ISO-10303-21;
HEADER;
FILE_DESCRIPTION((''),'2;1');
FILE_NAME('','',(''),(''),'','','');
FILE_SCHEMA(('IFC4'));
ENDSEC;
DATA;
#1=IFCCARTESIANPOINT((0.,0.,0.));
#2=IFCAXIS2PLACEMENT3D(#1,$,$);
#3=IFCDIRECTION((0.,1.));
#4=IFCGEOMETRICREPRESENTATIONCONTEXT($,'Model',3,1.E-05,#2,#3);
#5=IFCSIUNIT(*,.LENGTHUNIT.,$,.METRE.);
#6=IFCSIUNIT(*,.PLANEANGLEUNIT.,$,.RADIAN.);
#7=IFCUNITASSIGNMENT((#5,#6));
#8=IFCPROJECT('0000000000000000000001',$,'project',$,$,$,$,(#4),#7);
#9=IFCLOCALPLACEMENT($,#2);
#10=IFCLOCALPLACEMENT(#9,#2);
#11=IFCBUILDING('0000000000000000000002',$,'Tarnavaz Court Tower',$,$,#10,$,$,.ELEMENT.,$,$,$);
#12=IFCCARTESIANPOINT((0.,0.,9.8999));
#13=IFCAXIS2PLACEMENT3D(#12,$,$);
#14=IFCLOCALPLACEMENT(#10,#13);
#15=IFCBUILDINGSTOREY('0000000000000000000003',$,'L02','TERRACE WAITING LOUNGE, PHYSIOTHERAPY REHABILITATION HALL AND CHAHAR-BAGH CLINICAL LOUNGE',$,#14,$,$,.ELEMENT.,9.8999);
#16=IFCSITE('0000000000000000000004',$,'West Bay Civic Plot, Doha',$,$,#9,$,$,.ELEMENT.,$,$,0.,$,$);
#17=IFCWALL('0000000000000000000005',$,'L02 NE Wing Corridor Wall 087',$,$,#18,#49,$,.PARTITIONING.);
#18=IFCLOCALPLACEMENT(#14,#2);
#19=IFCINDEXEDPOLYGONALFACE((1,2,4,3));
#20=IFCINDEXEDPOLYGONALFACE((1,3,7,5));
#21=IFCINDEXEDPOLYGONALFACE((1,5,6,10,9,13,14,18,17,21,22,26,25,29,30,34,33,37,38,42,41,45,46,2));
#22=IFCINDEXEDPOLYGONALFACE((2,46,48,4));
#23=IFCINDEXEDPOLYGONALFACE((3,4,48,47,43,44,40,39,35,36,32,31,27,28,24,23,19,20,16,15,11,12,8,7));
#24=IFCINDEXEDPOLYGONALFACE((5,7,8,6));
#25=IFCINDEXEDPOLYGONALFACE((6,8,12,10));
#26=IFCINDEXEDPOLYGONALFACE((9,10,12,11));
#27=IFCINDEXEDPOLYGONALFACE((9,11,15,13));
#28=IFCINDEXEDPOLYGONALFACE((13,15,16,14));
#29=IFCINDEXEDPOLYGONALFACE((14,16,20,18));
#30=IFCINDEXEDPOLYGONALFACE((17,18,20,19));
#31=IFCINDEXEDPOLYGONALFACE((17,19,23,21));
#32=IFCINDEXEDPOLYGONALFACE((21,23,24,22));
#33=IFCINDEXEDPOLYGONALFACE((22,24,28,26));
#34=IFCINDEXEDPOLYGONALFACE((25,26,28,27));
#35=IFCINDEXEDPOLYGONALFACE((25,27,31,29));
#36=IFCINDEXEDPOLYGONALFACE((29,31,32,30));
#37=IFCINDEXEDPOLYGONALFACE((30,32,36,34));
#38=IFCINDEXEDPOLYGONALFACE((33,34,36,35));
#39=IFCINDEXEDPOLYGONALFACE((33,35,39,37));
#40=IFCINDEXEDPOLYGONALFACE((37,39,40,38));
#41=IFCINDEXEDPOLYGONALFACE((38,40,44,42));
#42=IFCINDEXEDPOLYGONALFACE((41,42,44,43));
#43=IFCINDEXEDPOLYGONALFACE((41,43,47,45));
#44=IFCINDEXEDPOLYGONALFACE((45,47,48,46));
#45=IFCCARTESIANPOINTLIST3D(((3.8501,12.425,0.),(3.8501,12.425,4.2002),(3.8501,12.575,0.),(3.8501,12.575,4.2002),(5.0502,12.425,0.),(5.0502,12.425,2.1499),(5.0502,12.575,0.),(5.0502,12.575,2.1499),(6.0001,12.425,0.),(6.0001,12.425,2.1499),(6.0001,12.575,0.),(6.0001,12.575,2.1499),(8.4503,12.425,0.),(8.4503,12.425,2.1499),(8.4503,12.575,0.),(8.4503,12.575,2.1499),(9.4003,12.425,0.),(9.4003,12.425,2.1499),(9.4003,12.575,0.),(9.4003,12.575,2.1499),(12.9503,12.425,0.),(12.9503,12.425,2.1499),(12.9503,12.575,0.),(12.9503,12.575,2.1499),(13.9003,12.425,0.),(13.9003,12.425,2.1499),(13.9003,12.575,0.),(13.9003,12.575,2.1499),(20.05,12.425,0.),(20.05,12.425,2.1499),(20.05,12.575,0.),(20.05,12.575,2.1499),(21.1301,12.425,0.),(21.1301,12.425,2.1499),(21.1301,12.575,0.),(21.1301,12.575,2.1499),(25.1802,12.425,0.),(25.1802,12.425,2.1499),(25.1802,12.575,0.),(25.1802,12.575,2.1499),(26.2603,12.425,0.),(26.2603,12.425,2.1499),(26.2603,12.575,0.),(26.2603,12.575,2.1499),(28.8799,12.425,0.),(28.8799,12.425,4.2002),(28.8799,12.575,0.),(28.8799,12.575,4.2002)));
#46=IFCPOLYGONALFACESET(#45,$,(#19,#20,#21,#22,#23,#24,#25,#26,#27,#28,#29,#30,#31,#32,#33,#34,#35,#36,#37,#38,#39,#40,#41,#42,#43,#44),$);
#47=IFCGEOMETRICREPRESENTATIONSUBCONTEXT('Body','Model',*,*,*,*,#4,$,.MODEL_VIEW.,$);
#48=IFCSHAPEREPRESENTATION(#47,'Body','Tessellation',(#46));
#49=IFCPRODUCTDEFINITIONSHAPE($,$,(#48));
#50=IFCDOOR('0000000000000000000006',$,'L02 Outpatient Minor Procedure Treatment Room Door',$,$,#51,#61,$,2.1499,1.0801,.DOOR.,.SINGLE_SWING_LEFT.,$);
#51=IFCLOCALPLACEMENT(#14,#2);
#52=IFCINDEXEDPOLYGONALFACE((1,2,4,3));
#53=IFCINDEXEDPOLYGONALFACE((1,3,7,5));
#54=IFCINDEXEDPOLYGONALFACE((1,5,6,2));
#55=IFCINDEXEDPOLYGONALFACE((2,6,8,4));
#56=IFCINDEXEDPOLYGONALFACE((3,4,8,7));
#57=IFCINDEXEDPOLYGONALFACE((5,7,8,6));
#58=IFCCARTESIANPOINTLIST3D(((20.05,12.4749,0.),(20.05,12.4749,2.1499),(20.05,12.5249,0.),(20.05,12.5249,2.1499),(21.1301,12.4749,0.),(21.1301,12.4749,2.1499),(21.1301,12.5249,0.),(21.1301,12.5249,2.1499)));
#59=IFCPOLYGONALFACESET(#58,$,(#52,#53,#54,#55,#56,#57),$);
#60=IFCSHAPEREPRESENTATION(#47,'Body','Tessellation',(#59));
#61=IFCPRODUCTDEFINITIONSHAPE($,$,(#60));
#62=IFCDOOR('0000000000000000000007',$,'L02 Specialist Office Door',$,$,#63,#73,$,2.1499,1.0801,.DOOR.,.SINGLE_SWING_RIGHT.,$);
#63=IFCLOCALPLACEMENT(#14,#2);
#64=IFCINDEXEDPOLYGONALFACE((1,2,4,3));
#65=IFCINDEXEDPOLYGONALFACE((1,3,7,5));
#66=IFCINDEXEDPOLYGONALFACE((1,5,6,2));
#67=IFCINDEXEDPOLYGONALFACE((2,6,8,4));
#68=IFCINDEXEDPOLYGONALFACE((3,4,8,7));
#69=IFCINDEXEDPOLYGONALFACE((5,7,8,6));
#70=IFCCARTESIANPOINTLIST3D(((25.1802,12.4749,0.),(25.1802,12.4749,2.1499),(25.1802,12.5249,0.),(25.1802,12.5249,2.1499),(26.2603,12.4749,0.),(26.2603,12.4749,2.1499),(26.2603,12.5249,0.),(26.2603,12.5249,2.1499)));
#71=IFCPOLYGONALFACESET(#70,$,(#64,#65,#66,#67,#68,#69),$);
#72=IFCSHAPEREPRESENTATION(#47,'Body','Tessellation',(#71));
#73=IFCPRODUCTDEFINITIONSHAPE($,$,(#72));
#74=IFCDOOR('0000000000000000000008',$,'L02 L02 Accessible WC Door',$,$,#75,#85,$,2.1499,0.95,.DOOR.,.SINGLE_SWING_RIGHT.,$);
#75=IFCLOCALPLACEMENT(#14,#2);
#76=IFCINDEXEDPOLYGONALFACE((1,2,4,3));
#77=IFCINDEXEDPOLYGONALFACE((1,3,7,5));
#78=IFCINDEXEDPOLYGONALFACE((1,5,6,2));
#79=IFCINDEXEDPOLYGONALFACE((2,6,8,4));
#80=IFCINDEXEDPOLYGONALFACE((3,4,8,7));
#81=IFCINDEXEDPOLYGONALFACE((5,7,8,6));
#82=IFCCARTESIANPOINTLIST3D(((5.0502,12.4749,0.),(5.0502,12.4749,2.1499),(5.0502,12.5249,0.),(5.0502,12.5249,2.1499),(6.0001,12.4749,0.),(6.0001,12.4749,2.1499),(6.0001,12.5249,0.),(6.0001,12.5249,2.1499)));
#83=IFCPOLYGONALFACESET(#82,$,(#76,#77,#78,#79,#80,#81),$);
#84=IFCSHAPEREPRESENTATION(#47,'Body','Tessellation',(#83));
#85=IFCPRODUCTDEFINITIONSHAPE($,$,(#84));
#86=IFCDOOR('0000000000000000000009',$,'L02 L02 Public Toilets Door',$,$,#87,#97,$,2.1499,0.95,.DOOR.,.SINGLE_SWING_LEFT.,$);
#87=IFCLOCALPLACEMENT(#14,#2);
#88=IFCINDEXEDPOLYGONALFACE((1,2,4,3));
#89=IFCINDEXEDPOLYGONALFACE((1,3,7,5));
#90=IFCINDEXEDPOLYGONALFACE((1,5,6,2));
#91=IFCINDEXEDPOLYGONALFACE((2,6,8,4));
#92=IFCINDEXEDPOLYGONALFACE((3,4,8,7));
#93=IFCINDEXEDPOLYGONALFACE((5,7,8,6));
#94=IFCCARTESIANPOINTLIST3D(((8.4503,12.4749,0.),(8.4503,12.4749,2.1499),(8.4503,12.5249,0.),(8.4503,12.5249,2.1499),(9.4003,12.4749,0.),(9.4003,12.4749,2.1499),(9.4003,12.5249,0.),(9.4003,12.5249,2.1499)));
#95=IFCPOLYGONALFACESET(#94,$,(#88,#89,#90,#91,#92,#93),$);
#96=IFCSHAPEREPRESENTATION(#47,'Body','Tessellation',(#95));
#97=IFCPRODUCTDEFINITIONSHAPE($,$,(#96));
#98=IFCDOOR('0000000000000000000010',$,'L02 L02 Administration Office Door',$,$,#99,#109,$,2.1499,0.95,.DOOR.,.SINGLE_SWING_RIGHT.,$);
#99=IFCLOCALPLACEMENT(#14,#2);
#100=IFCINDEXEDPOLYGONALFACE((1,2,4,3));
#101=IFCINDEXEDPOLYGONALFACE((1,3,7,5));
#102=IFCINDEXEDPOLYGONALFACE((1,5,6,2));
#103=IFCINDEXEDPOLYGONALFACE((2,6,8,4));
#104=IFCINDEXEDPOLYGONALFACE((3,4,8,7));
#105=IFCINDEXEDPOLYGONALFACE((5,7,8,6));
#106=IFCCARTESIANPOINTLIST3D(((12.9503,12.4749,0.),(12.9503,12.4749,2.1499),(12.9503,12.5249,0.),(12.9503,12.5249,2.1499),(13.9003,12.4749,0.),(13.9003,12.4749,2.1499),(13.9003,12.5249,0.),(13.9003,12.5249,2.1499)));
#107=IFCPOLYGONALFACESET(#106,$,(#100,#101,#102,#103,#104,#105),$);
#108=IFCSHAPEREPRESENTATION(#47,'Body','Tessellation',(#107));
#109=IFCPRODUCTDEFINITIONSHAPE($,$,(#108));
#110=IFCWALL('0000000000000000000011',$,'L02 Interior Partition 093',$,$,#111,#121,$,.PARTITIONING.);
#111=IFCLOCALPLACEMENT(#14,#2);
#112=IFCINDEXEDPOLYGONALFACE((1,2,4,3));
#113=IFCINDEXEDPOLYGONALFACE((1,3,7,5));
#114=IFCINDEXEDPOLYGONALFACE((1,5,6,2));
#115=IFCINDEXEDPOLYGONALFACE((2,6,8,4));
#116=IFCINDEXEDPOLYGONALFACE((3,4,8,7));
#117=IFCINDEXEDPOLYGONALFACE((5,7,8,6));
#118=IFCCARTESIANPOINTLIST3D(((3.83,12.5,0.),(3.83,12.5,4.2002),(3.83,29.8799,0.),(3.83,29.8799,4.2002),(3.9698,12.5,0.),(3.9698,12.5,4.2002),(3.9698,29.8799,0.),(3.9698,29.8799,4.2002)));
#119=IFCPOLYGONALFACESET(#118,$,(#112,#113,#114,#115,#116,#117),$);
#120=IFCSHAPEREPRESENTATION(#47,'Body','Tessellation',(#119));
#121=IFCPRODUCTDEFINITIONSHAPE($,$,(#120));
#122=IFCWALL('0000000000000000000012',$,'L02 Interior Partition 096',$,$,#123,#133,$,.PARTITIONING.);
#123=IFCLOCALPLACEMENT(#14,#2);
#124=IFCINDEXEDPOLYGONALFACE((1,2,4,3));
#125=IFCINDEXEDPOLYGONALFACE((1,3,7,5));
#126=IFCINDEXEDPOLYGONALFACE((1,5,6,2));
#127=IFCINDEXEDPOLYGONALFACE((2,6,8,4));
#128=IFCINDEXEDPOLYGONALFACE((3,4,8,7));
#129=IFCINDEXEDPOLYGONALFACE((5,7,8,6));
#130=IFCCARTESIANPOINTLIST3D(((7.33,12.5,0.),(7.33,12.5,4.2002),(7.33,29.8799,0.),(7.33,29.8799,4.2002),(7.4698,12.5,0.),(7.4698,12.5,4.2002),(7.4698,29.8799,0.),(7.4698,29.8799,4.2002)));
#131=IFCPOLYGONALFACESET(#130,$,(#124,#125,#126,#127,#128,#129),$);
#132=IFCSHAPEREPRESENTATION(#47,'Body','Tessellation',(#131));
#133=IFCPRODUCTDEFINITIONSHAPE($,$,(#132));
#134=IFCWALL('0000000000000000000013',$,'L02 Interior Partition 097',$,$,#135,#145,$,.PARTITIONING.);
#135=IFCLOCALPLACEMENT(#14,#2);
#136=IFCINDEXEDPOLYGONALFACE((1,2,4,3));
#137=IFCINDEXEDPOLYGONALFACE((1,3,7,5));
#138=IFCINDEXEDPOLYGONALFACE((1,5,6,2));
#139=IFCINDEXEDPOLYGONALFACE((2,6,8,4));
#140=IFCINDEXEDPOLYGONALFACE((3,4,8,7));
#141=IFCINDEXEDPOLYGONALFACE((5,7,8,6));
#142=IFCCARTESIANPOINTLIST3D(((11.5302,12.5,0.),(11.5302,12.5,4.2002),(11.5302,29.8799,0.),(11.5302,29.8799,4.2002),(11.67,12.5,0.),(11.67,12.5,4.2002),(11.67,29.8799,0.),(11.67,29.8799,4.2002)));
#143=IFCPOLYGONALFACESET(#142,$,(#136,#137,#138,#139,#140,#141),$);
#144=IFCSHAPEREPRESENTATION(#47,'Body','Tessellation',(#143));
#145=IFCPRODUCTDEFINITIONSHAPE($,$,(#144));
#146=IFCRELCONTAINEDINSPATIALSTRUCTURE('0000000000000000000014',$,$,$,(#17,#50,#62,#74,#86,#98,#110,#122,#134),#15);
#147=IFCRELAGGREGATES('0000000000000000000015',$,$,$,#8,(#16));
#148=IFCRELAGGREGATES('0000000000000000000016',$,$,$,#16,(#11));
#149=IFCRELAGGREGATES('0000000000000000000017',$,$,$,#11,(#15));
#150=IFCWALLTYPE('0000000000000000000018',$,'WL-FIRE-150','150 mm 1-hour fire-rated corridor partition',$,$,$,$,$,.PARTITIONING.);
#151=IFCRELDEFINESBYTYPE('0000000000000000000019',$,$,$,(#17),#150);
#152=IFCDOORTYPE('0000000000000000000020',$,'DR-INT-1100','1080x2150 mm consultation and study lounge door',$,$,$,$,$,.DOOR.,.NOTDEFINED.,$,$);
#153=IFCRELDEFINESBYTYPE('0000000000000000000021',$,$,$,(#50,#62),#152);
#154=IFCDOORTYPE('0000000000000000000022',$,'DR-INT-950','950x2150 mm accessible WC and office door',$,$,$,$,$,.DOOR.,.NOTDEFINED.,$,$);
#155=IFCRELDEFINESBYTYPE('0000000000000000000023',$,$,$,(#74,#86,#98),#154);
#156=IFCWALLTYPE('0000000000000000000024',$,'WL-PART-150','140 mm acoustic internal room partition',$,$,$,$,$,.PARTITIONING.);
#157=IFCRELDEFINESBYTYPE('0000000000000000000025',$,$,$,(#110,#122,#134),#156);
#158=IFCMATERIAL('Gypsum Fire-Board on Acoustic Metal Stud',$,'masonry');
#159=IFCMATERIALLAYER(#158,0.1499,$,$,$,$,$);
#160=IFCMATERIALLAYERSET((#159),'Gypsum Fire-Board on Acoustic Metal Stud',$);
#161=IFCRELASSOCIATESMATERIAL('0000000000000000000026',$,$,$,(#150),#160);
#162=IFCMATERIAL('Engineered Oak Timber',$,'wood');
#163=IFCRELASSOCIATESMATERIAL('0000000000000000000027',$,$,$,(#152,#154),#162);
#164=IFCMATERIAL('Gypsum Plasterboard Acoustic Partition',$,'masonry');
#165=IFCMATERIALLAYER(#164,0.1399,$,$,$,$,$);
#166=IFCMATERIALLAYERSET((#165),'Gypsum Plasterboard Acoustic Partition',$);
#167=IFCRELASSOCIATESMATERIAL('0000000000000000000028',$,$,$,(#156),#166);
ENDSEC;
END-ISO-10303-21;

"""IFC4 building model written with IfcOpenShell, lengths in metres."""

from ifc_helpers import new_model, si_unit, direction, frame, frame_2d, origin, place, context, subcontext, project, spatial, rectangle, extrude, material, layer, layer_set, type_object, element, fill, save


model = new_model("IFC4")

# Units and contexts
model_context = context("Model", 3, precision=1e-05, world=origin(), true_north=direction((0.0, 1.0)))
body_context = subcontext(model_context, "Body", "Model", "MODEL_VIEW")
ifc_project = project(units=[si_unit("LENGTHUNIT", "METRE"), si_unit("PLANEANGLEUNIT", "RADIAN")], contexts=[model_context])

# Site, building, storey
site_placement = place(None, origin())
site = spatial("IfcSite", under=ifc_project, at=site_placement, Name="West Bay Civic Plot, Doha", CompositionType="ELEMENT", RefElevation=0.0)
building_placement = place(site_placement, origin())
building = spatial("IfcBuilding", under=site, at=building_placement, Name="Tarnavaz Court Tower", CompositionType="ELEMENT")
storey_placement = place(building_placement, frame((0.0, 0.0, 9.8999)))
storey = spatial("IfcBuildingStorey", under=building, at=storey_placement, Name="L02", Description="TERRACE WAITING LOUNGE, PHYSIOTHERAPY REHABILITATION HALL AND CHAHAR-BAGH CLINICAL LOUNGE", CompositionType="ELEMENT", Elevation=9.8999)

# Wall, openings, doors
ifc_material_1 = material(Name="Gypsum Fire-Board on Acoustic Metal Stud", Category="masonry")
ifc_layer_1 = layer(ifc_material_1, 0.1499)
ifc_layer_set_1 = layer_set([ifc_layer_1], Name="Gypsum Fire-Board on Acoustic Metal Stud")
wall_type_1 = type_object("IfcWallType", Name="WL-FIRE-150", Description="150 mm 1-hour fire-rated corridor partition", PredefinedType="PARTITIONING", material=ifc_layer_set_1)
wall_placement = place(storey_placement, frame((3.8501, 12.5, 0.0), z_axis=(0.0, 0.0, 1.0), x_axis=(1.0, 0.0, 0.0)))
wall = element("IfcWall", 1, at=wall_placement, inside=storey, type_object=wall_type_1, Name="L02 NE Wing Corridor Wall 087", PredefinedType="PARTITIONING", context=body_context, shape_type="SweptSolid", body=[
    extrude(rectangle(XDim=25.0298, YDim=0.1499, at=frame_2d((12.5149, 0.0))), origin(), (0.0, 0.0, 1.0), 4.2002),
])
opening_1_placement = place(wall_placement, frame((1.2, 0.0, 0.0)))
opening_1 = element("IfcOpeningElement", 2, at=opening_1_placement, cuts=wall, PredefinedType="OPENING", context=body_context, shape_type="SweptSolid", body=[
    extrude(rectangle(XDim=0.95, YDim=2.1499, at=frame_2d((0.4751, 1.075))), frame((0.0, 0.085, 0.0), z_axis=(0.0, -1.0, 0.0), x_axis=(1.0, 0.0, 0.0)), (0.0, 0.0, 1.0), 0.1699),
])
opening_2_placement = place(wall_placement, frame((4.6001, 0.0, 0.0)))
opening_2 = element("IfcOpeningElement", 3, at=opening_2_placement, cuts=wall, PredefinedType="OPENING", context=body_context, shape_type="SweptSolid", body=[
    extrude(rectangle(XDim=0.95, YDim=2.1499, at=frame_2d((0.4751, 1.075))), frame((0.0, 0.085, 0.0), z_axis=(0.0, -1.0, 0.0), x_axis=(1.0, 0.0, 0.0)), (0.0, 0.0, 1.0), 0.1699),
])
opening_3_placement = place(wall_placement, frame((9.1001, 0.0, 0.0)))
opening_3 = element("IfcOpeningElement", 4, at=opening_3_placement, cuts=wall, PredefinedType="OPENING", context=body_context, shape_type="SweptSolid", body=[
    extrude(rectangle(XDim=0.95, YDim=2.1499, at=frame_2d((0.4751, 1.075))), frame((0.0, 0.085, 0.0), z_axis=(0.0, -1.0, 0.0), x_axis=(1.0, 0.0, 0.0)), (0.0, 0.0, 1.0), 0.1699),
])
opening_4_placement = place(wall_placement, frame((16.2, 0.0, 0.0)))
opening_4 = element("IfcOpeningElement", 5, at=opening_4_placement, cuts=wall, PredefinedType="OPENING", context=body_context, shape_type="SweptSolid", body=[
    extrude(rectangle(XDim=1.0801, YDim=2.1499, at=frame_2d((0.54, 1.075))), frame((0.0, 0.085, 0.0), z_axis=(0.0, -1.0, 0.0), x_axis=(1.0, 0.0, 0.0)), (0.0, 0.0, 1.0), 0.1699),
])
opening_5_placement = place(wall_placement, frame((21.3301, 0.0, 0.0)))
opening_5 = element("IfcOpeningElement", 6, at=opening_5_placement, cuts=wall, PredefinedType="OPENING", context=body_context, shape_type="SweptSolid", body=[
    extrude(rectangle(XDim=1.0801, YDim=2.1499, at=frame_2d((0.54, 1.075))), frame((0.0, 0.085, 0.0), z_axis=(0.0, -1.0, 0.0), x_axis=(1.0, 0.0, 0.0)), (0.0, 0.0, 1.0), 0.1699),
])
ifc_material_2 = material(Name="Engineered Oak Timber", Category="wood")
door_type_1 = type_object("IfcDoorType", Name="DR-INT-1100", Description="1080x2150 mm consultation and study lounge door", OperationType="NOTDEFINED", PredefinedType="DOOR", material=ifc_material_2)
door_1_placement = place(opening_4_placement, origin())
door_1 = element("IfcDoor", 7, at=door_1_placement, inside=storey, type_object=door_type_1, Name="L02 Outpatient Minor Procedure Treatment Room Door", OperationType="SINGLE_SWING_LEFT", OverallHeight=2.1499, OverallWidth=1.0801, PredefinedType="DOOR", context=body_context, shape_type="SweptSolid", body=[
    extrude(rectangle(XDim=1.0801, YDim=2.1499, at=frame_2d((0.54, 1.075))), frame((0.0, 0.0249, 0.0), z_axis=(0.0, -1.0, 0.0), x_axis=(1.0, 0.0, 0.0)), (0.0, 0.0, 1.0), 0.05),
])
fill(opening_4, door_1)
door_2_placement = place(opening_5_placement, origin())
door_2 = element("IfcDoor", 8, at=door_2_placement, inside=storey, type_object=door_type_1, Name="L02 Specialist Office Door", OperationType="SINGLE_SWING_RIGHT", OverallHeight=2.1499, OverallWidth=1.0801, PredefinedType="DOOR", context=body_context, shape_type="SweptSolid", body=[
    extrude(rectangle(XDim=1.0801, YDim=2.1499, at=frame_2d((0.54, 1.075))), frame((0.0, 0.0249, 0.0), z_axis=(0.0, -1.0, 0.0), x_axis=(1.0, 0.0, 0.0)), (0.0, 0.0, 1.0), 0.05),
])
fill(opening_5, door_2)
door_type_2 = type_object("IfcDoorType", Name="DR-INT-950", Description="950x2150 mm accessible WC and office door", OperationType="NOTDEFINED", PredefinedType="DOOR", material=ifc_material_2)
door_3_placement = place(opening_1_placement, origin())
door_3 = element("IfcDoor", 9, at=door_3_placement, inside=storey, type_object=door_type_2, Name="L02 L02 Accessible WC Door", OperationType="SINGLE_SWING_RIGHT", OverallHeight=2.1499, OverallWidth=0.95, PredefinedType="DOOR", context=body_context, shape_type="SweptSolid", body=[
    extrude(rectangle(XDim=0.95, YDim=2.1499, at=frame_2d((0.4751, 1.075))), frame((0.0, 0.0249, 0.0), z_axis=(0.0, -1.0, 0.0), x_axis=(1.0, 0.0, 0.0)), (0.0, 0.0, 1.0), 0.05),
])
fill(opening_1, door_3)
door_4_placement = place(opening_2_placement, origin())
door_4 = element("IfcDoor", 10, at=door_4_placement, inside=storey, type_object=door_type_2, Name="L02 L02 Public Toilets Door", OperationType="SINGLE_SWING_LEFT", OverallHeight=2.1499, OverallWidth=0.95, PredefinedType="DOOR", context=body_context, shape_type="SweptSolid", body=[
    extrude(rectangle(XDim=0.95, YDim=2.1499, at=frame_2d((0.4751, 1.075))), frame((0.0, 0.0249, 0.0), z_axis=(0.0, -1.0, 0.0), x_axis=(1.0, 0.0, 0.0)), (0.0, 0.0, 1.0), 0.05),
])
fill(opening_2, door_4)
door_5_placement = place(opening_3_placement, origin())
door_5 = element("IfcDoor", 11, at=door_5_placement, inside=storey, type_object=door_type_2, Name="L02 L02 Administration Office Door", OperationType="SINGLE_SWING_RIGHT", OverallHeight=2.1499, OverallWidth=0.95, PredefinedType="DOOR", context=body_context, shape_type="SweptSolid", body=[
    extrude(rectangle(XDim=0.95, YDim=2.1499, at=frame_2d((0.4751, 1.075))), frame((0.0, 0.0249, 0.0), z_axis=(0.0, -1.0, 0.0), x_axis=(1.0, 0.0, 0.0)), (0.0, 0.0, 1.0), 0.05),
])
fill(opening_3, door_5)

# Walls
ifc_material_3 = material(Name="Gypsum Plasterboard Acoustic Partition", Category="masonry")
ifc_layer_2 = layer(ifc_material_3, 0.1399)
ifc_layer_set_2 = layer_set([ifc_layer_2], Name="Gypsum Plasterboard Acoustic Partition")
wall_type_2 = type_object("IfcWallType", Name="WL-PART-150", Description="140 mm acoustic internal room partition", PredefinedType="PARTITIONING", material=ifc_layer_set_2)
for number, where, z_axis, x_axis, name in (
    (12, (3.8999, 12.5, 0.0), (0.0, 0.0, 1.0), (0.0, 1.0, 0.0), "L02 Interior Partition 093"),
    (13, (7.3999, 12.5, 0.0), (0.0, 0.0, 1.0), (0.0, 1.0, 0.0), "L02 Interior Partition 096"),
    (14, (11.6001, 12.5, 0.0), (0.0, 0.0, 1.0), (0.0, 1.0, 0.0), "L02 Interior Partition 097"),
):
    element("IfcWall", number, at=place(storey_placement, frame(where, z_axis=z_axis, x_axis=x_axis)), inside=storey, type_object=wall_type_2, Name=name, PredefinedType="PARTITIONING", context=body_context, shape_type="SweptSolid", body=[
        extrude(rectangle(XDim=17.3799, YDim=0.1399, at=frame_2d((8.6899, 0.0))), origin(), (0.0, 0.0, 1.0), 4.2002),
    ])

save(model, "model.ifc")
